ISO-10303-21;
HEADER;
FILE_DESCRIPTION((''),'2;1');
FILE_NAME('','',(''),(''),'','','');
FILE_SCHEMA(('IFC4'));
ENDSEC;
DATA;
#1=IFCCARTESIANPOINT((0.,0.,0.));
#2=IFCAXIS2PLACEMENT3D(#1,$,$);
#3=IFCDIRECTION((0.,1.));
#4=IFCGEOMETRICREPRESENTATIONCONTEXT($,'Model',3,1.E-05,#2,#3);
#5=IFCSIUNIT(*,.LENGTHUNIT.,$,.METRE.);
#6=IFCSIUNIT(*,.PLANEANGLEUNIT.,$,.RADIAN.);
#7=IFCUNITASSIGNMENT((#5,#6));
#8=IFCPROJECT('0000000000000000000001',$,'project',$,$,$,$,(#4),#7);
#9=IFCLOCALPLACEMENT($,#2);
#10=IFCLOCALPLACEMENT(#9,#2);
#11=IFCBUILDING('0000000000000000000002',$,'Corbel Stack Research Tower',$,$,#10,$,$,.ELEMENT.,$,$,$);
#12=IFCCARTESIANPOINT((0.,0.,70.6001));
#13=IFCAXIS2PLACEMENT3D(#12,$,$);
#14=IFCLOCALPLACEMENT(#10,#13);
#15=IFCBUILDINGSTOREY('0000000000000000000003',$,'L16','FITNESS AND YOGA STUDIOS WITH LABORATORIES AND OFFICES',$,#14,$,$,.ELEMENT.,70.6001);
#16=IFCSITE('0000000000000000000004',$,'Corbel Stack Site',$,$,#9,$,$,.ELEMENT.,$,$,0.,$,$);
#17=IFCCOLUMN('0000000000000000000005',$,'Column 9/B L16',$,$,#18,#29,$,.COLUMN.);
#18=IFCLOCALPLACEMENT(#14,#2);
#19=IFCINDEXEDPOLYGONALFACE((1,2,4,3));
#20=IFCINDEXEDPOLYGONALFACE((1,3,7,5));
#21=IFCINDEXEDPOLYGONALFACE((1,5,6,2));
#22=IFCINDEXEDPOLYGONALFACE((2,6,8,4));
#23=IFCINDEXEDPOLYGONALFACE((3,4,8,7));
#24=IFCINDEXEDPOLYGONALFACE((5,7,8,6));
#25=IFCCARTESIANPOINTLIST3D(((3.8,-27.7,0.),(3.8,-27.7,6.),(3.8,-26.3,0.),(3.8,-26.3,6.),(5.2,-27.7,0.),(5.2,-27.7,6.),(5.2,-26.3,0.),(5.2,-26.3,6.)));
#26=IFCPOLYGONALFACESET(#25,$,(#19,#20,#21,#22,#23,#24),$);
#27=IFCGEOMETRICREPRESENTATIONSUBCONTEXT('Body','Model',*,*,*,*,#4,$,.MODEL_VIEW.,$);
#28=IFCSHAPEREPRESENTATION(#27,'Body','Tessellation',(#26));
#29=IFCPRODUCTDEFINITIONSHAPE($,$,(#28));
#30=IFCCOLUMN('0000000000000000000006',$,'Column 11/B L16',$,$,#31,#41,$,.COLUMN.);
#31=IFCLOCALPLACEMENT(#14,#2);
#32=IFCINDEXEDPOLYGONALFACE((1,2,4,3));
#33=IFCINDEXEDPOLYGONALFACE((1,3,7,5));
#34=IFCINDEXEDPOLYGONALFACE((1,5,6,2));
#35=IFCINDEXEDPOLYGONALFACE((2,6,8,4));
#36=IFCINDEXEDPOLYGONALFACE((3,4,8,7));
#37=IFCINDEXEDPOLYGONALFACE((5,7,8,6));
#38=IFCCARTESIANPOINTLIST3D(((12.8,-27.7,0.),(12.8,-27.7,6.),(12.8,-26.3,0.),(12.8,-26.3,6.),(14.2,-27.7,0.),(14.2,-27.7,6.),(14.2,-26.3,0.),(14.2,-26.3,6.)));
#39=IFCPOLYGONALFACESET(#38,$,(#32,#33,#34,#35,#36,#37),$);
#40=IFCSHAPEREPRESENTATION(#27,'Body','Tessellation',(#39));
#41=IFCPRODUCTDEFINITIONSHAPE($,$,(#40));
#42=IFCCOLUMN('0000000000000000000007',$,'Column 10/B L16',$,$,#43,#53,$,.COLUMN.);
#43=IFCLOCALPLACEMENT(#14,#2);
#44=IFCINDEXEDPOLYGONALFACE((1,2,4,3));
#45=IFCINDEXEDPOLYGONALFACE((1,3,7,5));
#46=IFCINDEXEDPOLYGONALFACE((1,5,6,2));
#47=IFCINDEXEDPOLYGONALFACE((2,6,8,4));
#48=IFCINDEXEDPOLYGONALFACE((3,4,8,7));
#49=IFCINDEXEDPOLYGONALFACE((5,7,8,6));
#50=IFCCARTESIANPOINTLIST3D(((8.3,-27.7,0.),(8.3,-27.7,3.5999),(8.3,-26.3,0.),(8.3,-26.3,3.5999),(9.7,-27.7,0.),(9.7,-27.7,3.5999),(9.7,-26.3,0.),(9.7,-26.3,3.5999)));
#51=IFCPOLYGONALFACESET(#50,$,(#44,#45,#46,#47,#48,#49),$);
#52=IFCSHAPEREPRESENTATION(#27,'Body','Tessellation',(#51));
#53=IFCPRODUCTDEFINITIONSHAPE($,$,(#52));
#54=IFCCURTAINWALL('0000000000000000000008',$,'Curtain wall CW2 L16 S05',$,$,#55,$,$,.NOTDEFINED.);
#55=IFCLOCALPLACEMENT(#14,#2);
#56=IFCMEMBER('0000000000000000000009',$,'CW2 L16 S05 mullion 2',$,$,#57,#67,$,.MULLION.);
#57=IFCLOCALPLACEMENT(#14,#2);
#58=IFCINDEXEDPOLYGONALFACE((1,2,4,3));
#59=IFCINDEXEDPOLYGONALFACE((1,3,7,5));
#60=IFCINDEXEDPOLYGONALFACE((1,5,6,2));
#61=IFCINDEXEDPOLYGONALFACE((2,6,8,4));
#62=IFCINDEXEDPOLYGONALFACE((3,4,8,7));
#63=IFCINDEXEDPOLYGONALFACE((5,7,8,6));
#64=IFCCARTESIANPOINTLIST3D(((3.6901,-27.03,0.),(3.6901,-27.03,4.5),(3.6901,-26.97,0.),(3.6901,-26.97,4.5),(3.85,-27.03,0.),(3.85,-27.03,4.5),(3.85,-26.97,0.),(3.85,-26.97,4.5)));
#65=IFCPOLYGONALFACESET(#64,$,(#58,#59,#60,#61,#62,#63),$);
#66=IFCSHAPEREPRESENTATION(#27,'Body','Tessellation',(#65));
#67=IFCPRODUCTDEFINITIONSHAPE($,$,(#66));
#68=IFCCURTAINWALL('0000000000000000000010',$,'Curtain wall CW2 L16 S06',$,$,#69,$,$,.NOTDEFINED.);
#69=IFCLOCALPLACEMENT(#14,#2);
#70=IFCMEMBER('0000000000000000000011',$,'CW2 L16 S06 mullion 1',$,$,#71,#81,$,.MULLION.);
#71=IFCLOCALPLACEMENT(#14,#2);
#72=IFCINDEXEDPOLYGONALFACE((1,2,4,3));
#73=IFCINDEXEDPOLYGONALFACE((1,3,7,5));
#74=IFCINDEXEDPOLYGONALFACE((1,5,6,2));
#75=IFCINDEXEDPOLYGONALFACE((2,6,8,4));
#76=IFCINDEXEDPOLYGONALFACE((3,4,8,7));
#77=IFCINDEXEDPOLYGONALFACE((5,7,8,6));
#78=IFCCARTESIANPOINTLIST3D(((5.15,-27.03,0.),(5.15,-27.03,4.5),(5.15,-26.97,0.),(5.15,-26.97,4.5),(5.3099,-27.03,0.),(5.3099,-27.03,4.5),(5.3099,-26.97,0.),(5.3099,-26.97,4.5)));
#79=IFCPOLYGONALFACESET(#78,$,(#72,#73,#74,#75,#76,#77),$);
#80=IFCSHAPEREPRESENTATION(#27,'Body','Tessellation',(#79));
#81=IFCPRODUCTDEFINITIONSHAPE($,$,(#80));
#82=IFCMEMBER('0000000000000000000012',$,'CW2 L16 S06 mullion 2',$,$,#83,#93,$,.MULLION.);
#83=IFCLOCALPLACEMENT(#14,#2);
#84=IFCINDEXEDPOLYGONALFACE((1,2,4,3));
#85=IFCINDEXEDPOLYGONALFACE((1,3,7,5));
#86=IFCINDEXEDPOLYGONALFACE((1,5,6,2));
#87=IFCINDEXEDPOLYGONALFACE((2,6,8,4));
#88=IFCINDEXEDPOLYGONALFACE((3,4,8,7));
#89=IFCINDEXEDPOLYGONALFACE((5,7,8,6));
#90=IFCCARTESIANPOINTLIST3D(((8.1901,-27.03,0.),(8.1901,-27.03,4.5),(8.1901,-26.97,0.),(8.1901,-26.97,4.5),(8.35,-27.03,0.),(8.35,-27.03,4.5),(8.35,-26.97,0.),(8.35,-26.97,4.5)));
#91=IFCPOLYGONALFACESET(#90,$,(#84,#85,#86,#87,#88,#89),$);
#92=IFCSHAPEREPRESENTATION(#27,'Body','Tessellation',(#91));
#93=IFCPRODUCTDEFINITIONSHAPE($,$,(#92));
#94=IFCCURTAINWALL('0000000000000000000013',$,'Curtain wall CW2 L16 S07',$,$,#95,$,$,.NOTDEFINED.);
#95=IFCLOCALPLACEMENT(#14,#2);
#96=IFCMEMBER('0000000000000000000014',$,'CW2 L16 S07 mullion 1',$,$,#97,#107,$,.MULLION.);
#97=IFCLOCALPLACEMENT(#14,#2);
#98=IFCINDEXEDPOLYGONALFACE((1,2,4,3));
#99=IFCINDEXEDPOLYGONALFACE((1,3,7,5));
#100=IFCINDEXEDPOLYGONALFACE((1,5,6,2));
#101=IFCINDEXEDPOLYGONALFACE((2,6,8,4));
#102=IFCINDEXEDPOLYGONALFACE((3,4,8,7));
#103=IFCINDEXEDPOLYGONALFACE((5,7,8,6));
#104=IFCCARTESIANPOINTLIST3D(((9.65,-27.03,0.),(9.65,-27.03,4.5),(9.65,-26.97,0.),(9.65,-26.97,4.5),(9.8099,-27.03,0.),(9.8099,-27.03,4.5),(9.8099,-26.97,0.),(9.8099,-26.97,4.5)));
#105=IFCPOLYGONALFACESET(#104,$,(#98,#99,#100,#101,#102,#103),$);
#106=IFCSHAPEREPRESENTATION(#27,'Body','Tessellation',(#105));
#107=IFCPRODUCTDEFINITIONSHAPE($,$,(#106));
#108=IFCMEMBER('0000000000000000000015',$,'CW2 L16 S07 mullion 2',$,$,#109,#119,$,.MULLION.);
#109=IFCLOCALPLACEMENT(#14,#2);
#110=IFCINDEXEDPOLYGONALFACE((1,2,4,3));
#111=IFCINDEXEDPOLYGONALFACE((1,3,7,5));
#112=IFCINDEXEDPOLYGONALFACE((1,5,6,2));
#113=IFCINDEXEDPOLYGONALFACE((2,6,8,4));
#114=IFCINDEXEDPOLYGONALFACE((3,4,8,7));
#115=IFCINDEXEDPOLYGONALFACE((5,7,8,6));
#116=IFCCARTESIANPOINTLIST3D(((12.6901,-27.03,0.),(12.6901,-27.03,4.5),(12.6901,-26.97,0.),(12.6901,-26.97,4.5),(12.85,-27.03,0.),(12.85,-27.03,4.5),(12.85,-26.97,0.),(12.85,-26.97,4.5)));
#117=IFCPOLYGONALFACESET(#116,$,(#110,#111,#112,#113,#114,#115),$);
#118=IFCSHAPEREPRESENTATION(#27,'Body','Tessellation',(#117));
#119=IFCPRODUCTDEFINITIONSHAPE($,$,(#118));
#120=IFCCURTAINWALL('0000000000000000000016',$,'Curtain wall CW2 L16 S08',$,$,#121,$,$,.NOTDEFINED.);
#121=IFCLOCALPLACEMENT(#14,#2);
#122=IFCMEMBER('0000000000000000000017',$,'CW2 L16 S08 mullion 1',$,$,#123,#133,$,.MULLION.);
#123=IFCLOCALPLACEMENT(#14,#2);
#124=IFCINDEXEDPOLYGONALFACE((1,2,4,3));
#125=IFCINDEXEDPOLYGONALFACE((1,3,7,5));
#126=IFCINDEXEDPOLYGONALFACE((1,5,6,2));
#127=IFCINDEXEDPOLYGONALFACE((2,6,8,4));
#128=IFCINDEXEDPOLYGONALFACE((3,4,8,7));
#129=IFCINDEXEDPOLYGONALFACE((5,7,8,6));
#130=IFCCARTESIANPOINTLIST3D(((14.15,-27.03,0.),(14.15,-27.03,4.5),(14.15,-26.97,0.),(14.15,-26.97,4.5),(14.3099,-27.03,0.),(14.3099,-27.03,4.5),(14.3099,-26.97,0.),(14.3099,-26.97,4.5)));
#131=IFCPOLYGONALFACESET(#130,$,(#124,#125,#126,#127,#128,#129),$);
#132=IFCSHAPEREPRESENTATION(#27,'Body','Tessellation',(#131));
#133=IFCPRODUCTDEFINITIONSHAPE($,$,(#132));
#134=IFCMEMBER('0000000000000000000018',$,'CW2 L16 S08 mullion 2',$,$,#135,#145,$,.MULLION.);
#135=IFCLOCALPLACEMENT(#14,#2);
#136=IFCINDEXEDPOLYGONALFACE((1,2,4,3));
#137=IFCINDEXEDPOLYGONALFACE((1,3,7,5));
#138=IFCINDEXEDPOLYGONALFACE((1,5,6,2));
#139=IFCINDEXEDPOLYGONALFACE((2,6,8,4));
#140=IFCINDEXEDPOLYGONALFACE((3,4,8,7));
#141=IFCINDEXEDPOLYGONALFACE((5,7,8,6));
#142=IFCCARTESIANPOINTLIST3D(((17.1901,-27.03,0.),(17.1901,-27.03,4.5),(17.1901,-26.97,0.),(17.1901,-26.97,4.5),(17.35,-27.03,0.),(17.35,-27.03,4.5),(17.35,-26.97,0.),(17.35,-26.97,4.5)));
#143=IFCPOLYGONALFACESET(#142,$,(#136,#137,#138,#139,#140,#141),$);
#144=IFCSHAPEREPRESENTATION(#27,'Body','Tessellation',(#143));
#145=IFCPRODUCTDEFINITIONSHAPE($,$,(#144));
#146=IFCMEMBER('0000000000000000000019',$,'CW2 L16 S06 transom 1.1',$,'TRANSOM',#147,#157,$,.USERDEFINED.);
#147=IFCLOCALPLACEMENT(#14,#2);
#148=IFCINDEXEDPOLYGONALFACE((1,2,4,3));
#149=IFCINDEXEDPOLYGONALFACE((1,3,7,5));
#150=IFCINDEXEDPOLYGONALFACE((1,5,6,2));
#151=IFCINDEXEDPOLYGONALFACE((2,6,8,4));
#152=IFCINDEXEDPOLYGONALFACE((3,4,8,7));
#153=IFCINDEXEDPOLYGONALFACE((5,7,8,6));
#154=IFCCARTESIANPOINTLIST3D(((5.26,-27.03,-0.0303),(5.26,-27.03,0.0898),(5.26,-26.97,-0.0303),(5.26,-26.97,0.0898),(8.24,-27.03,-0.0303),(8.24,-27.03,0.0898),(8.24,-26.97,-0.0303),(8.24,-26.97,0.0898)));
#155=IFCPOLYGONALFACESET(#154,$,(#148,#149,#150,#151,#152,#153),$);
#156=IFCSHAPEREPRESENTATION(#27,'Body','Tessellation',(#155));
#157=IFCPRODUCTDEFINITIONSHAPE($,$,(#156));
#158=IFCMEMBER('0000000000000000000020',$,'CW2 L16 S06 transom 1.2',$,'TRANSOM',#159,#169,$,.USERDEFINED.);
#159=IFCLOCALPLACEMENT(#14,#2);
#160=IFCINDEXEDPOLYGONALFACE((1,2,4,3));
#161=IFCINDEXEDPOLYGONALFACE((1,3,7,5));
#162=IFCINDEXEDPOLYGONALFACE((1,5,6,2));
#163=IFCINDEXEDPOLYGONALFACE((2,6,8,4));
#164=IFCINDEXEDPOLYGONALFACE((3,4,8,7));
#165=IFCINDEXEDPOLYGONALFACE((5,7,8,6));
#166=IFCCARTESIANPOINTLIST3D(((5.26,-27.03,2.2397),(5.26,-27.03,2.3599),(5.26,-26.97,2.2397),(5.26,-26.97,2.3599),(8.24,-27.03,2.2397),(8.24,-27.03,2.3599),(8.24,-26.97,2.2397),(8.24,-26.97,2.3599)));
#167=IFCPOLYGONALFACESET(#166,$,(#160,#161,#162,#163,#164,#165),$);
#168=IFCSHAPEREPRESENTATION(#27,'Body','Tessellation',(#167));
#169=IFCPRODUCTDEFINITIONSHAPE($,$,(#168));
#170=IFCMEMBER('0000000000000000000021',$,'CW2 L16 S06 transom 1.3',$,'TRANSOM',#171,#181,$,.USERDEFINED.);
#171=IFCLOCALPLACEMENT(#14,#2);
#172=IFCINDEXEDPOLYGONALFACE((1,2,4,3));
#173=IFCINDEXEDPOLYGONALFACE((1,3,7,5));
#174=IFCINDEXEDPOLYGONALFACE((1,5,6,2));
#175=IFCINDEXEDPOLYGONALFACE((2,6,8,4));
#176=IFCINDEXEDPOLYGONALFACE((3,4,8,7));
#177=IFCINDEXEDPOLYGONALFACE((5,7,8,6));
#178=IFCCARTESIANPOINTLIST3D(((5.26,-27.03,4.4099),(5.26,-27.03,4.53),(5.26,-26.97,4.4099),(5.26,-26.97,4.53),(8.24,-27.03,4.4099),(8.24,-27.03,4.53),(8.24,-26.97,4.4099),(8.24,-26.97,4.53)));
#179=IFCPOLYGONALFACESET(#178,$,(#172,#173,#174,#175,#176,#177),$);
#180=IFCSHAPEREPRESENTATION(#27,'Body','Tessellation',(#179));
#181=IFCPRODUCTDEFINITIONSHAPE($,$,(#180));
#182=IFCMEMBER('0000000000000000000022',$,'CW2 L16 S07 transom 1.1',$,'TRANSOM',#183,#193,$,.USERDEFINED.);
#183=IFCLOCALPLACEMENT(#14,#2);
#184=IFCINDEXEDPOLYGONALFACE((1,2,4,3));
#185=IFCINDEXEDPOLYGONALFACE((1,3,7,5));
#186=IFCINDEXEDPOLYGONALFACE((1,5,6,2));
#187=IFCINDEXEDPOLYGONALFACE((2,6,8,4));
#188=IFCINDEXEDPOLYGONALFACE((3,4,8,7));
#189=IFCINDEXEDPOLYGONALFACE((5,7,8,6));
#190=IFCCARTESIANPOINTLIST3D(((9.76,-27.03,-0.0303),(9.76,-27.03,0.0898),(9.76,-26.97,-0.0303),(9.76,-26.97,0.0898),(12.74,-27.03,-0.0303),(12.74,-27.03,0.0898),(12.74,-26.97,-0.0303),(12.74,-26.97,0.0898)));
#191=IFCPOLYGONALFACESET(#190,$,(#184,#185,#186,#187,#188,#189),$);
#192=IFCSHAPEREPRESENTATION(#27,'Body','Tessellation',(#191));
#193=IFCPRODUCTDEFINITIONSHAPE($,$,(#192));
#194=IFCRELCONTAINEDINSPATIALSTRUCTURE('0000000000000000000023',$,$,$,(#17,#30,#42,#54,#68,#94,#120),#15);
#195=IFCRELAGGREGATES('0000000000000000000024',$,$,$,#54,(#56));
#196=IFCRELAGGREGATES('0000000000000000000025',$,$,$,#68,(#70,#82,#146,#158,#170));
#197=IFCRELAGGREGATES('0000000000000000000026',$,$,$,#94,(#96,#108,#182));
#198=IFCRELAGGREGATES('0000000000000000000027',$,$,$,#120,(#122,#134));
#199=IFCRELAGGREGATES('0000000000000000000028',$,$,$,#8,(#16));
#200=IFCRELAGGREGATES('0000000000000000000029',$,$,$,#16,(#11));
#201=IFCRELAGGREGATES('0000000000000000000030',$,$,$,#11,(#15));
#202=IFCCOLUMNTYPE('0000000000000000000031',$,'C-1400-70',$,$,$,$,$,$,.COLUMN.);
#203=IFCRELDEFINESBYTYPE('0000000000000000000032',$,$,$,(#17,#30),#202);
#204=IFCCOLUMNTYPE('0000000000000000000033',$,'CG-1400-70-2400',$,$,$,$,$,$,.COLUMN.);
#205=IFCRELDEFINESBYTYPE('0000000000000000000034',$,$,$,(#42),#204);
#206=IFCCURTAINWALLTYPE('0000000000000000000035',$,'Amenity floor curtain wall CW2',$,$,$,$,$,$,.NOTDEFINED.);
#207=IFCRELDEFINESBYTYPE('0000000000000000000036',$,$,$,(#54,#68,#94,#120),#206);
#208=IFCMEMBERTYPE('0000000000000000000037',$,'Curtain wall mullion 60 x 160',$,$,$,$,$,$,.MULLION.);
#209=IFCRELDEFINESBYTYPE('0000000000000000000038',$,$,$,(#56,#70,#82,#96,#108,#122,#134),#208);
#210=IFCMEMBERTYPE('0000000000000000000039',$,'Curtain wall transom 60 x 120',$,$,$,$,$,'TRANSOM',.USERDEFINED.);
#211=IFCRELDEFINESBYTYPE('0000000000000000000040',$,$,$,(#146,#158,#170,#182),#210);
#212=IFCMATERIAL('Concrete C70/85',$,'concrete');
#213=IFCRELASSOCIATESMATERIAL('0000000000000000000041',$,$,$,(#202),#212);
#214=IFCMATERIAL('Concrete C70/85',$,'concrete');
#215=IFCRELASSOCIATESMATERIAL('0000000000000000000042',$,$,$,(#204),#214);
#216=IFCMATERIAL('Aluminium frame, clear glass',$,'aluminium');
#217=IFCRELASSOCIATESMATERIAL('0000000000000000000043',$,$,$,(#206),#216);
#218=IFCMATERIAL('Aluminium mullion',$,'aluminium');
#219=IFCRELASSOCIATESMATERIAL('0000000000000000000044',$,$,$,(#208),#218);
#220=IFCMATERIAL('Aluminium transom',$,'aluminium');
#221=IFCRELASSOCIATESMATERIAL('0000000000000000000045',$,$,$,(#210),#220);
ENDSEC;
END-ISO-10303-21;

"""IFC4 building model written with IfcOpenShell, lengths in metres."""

from ifc_helpers import new_model, si_unit, direction, frame, origin, origin_2d, place, context, subcontext, project, spatial, rectangle, extrude, material, material_profile, profile_set, type_object, element, aggregate, save


model = new_model("IFC4")

# Units and contexts
model_context = context("Model", 3, precision=1e-05, world=origin(), true_north=direction((0.0, 1.0)))
body_context = subcontext(model_context, "Body", "Model", "MODEL_VIEW")
ifc_project = project(units=[si_unit("LENGTHUNIT", "METRE"), si_unit("PLANEANGLEUNIT", "RADIAN")], contexts=[model_context])

# Site, building, storey
site_placement = place(None, origin())
site = spatial("IfcSite", under=ifc_project, at=site_placement, Name="Corbel Stack Site", CompositionType="ELEMENT", RefElevation=0.0)
building_placement = place(site_placement, origin())
building = spatial("IfcBuilding", under=site, at=building_placement, Name="Corbel Stack Research Tower", CompositionType="ELEMENT")
storey_placement = place(building_placement, frame((0.0, 0.0, 70.6001)))
storey = spatial("IfcBuildingStorey", under=building, at=storey_placement, Name="L16", Description="FITNESS AND YOGA STUDIOS WITH LABORATORIES AND OFFICES", CompositionType="ELEMENT", Elevation=70.6001)

# Columns
ifc_material_1 = material(Name="Concrete C70/85", Category="concrete")
ifc_material_profile_1 = material_profile(ifc_material_1, rectangle(XDim=1.3999, YDim=1.3999, at=origin_2d()), Name="RC 1400 x 1400")
ifc_profile_set_1 = profile_set([ifc_material_profile_1], Name="Concrete C70/85")
column_type_1 = type_object("IfcColumnType", Name="C-1400-70", PredefinedType="COLUMN", material=ifc_profile_set_1)
for number, where, z_axis, x_axis, name in (
    (1, (4.5, -27.0, 0.0), (0.0, 0.0, 1.0), (1.0, 0.0, 0.0), "Column 9/B L16"),
    (2, (13.5, -27.0, 0.0), (0.0, 0.0, 1.0), (1.0, 0.0, 0.0), "Column 11/B L16"),
):
    element("IfcColumn", number, at=place(storey_placement, frame(where, z_axis=z_axis, x_axis=x_axis)), inside=storey, type_object=column_type_1, Name=name, PredefinedType="COLUMN", context=body_context, shape_type="SweptSolid", body=[
        extrude(rectangle(XDim=1.3999, YDim=1.3999, at=origin_2d()), origin(), (0.0, 0.0, 1.0), 6.0),
    ])
ifc_material_2 = material(Name="Concrete C70/85", Category="concrete")
ifc_material_profile_2 = material_profile(ifc_material_2, rectangle(XDim=1.3999, YDim=1.3999, at=origin_2d()), Name="RC 1400 x 1400")
ifc_profile_set_2 = profile_set([ifc_material_profile_2], Name="Concrete C70/85")
column_type_2 = type_object("IfcColumnType", Name="CG-1400-70-2400", PredefinedType="COLUMN", material=ifc_profile_set_2)
column_placement = place(storey_placement, frame((9.0, -27.0, 0.0), z_axis=(0.0, 0.0, 1.0), x_axis=(1.0, 0.0, 0.0)))
element("IfcColumn", 3, at=column_placement, inside=storey, type_object=column_type_2, Name="Column 10/B L16", PredefinedType="COLUMN", context=body_context, shape_type="SweptSolid", body=[
    extrude(rectangle(XDim=1.3999, YDim=1.3999, at=origin_2d()), origin(), (0.0, 0.0, 1.0), 3.5999),
])

# Curtain wall, member
ifc_material_3 = material(Name="Aluminium frame, clear glass", Category="aluminium")
curtain_wall_type = type_object("IfcCurtainWallType", Name="Amenity floor curtain wall CW2", PredefinedType="NOTDEFINED", material=ifc_material_3)
curtain_wall_1_placement = place(storey_placement, origin())
curtain_wall_1 = element("IfcCurtainWall", 4, at=curtain_wall_1_placement, inside=storey, type_object=curtain_wall_type, Name="Curtain wall CW2 L16 S05", PredefinedType="NOTDEFINED")
ifc_material_4 = material(Name="Aluminium mullion", Category="aluminium")
ifc_material_profile_3 = material_profile(ifc_material_4, rectangle(XDim=0.0601, YDim=0.1599, at=origin_2d()), Name="Mullion 60 x 160")
ifc_profile_set_3 = profile_set([ifc_material_profile_3], Name="Aluminium mullion")
member_type_1 = type_object("IfcMemberType", Name="Curtain wall mullion 60 x 160", PredefinedType="MULLION", material=ifc_profile_set_3)
member_1_placement = place(storey_placement, frame((3.77, -27.0, 0.0), z_axis=(0.0, 0.0, 1.0), x_axis=(0.0, 1.0, 0.0)))
member_1 = element("IfcMember", 5, at=member_1_placement, type_object=member_type_1, Name="CW2 L16 S05 mullion 2", PredefinedType="MULLION", context=body_context, shape_type="SweptSolid", body=[
    extrude(rectangle(XDim=0.0601, YDim=0.1599, at=origin_2d()), origin(), (0.0, 0.0, 1.0), 4.5),
])

# Curtain walls, members
curtain_wall_2_placement = place(storey_placement, origin())
curtain_wall_2 = element("IfcCurtainWall", 6, at=curtain_wall_2_placement, inside=storey, type_object=curtain_wall_type, Name="Curtain wall CW2 L16 S06", PredefinedType="NOTDEFINED")
member_2_placement = place(storey_placement, frame((5.23, -27.0, 0.0), z_axis=(0.0, 0.0, 1.0), x_axis=(0.0, 1.0, 0.0)))
member_2 = element("IfcMember", 7, at=member_2_placement, type_object=member_type_1, Name="CW2 L16 S06 mullion 1", PredefinedType="MULLION", context=body_context, shape_type="SweptSolid", body=[
    extrude(rectangle(XDim=0.0601, YDim=0.1599, at=origin_2d()), origin(), (0.0, 0.0, 1.0), 4.5),
])
member_3_placement = place(storey_placement, frame((8.27, -27.0, 0.0), z_axis=(0.0, 0.0, 1.0), x_axis=(0.0, 1.0, 0.0)))
member_3 = element("IfcMember", 8, at=member_3_placement, type_object=member_type_1, Name="CW2 L16 S06 mullion 2", PredefinedType="MULLION", context=body_context, shape_type="SweptSolid", body=[
    extrude(rectangle(XDim=0.0601, YDim=0.1599, at=origin_2d()), origin(), (0.0, 0.0, 1.0), 4.5),
])
curtain_wall_3_placement = place(storey_placement, origin())
curtain_wall_3 = element("IfcCurtainWall", 9, at=curtain_wall_3_placement, inside=storey, type_object=curtain_wall_type, Name="Curtain wall CW2 L16 S07", PredefinedType="NOTDEFINED")
member_4_placement = place(storey_placement, frame((9.73, -27.0, 0.0), z_axis=(0.0, 0.0, 1.0), x_axis=(0.0, 1.0, 0.0)))
member_4 = element("IfcMember", 10, at=member_4_placement, type_object=member_type_1, Name="CW2 L16 S07 mullion 1", PredefinedType="MULLION", context=body_context, shape_type="SweptSolid", body=[
    extrude(rectangle(XDim=0.0601, YDim=0.1599, at=origin_2d()), origin(), (0.0, 0.0, 1.0), 4.5),
])
member_5_placement = place(storey_placement, frame((12.77, -27.0, 0.0), z_axis=(0.0, 0.0, 1.0), x_axis=(0.0, 1.0, 0.0)))
member_5 = element("IfcMember", 11, at=member_5_placement, type_object=member_type_1, Name="CW2 L16 S07 mullion 2", PredefinedType="MULLION", context=body_context, shape_type="SweptSolid", body=[
    extrude(rectangle(XDim=0.0601, YDim=0.1599, at=origin_2d()), origin(), (0.0, 0.0, 1.0), 4.5),
])
curtain_wall_4_placement = place(storey_placement, origin())
curtain_wall_4 = element("IfcCurtainWall", 12, at=curtain_wall_4_placement, inside=storey, type_object=curtain_wall_type, Name="Curtain wall CW2 L16 S08", PredefinedType="NOTDEFINED")
member_6_placement = place(storey_placement, frame((14.23, -27.0, 0.0), z_axis=(0.0, 0.0, 1.0), x_axis=(0.0, 1.0, 0.0)))
member_6 = element("IfcMember", 13, at=member_6_placement, type_object=member_type_1, Name="CW2 L16 S08 mullion 1", PredefinedType="MULLION", context=body_context, shape_type="SweptSolid", body=[
    extrude(rectangle(XDim=0.0601, YDim=0.1599, at=origin_2d()), origin(), (0.0, 0.0, 1.0), 4.5),
])
member_7_placement = place(storey_placement, frame((17.27, -27.0, 0.0), z_axis=(0.0, 0.0, 1.0), x_axis=(0.0, 1.0, 0.0)))
member_7 = element("IfcMember", 14, at=member_7_placement, type_object=member_type_1, Name="CW2 L16 S08 mullion 2", PredefinedType="MULLION", context=body_context, shape_type="SweptSolid", body=[
    extrude(rectangle(XDim=0.0601, YDim=0.1599, at=origin_2d()), origin(), (0.0, 0.0, 1.0), 4.5),
])

# Members
ifc_material_5 = material(Name="Aluminium transom", Category="aluminium")
ifc_material_profile_4 = material_profile(ifc_material_5, rectangle(XDim=0.0601, YDim=0.1201, at=origin_2d()), Name="Transom 60 x 120")
ifc_profile_set_4 = profile_set([ifc_material_profile_4], Name="Aluminium transom")
member_type_2 = type_object("IfcMemberType", Name="Curtain wall transom 60 x 120", ElementType="TRANSOM", PredefinedType="USERDEFINED", material=ifc_profile_set_4)
member_8_placement = place(storey_placement, frame((5.26, -27.0, 0.0298), z_axis=(1.0, 0.0, 0.0), x_axis=(0.0, 1.0, 0.0)))
member_8 = element("IfcMember", 15, at=member_8_placement, type_object=member_type_2, Name="CW2 L16 S06 transom 1.1", ObjectType="TRANSOM", PredefinedType="USERDEFINED", context=body_context, shape_type="SweptSolid", body=[
    extrude(rectangle(XDim=0.0601, YDim=0.1201, at=origin_2d()), origin(), (0.0, 0.0, 1.0), 2.98),
])
member_9_placement = place(storey_placement, frame((5.26, -27.0, 2.2998), z_axis=(1.0, 0.0, 0.0), x_axis=(0.0, 1.0, 0.0)))
member_9 = element("IfcMember", 16, at=member_9_placement, type_object=member_type_2, Name="CW2 L16 S06 transom 1.2", ObjectType="TRANSOM", PredefinedType="USERDEFINED", context=body_context, shape_type="SweptSolid", body=[
    extrude(rectangle(XDim=0.0601, YDim=0.1201, at=origin_2d()), origin(), (0.0, 0.0, 1.0), 2.98),
])
member_10_placement = place(storey_placement, frame((5.26, -27.0, 4.47), z_axis=(1.0, 0.0, 0.0), x_axis=(0.0, 1.0, 0.0)))
member_10 = element("IfcMember", 17, at=member_10_placement, type_object=member_type_2, Name="CW2 L16 S06 transom 1.3", ObjectType="TRANSOM", PredefinedType="USERDEFINED", context=body_context, shape_type="SweptSolid", body=[
    extrude(rectangle(XDim=0.0601, YDim=0.1201, at=origin_2d()), origin(), (0.0, 0.0, 1.0), 2.98),
])
member_11_placement = place(storey_placement, frame((9.76, -27.0, 0.0298), z_axis=(1.0, 0.0, 0.0), x_axis=(0.0, 1.0, 0.0)))
member_11 = element("IfcMember", 18, at=member_11_placement, type_object=member_type_2, Name="CW2 L16 S07 transom 1.1", ObjectType="TRANSOM", PredefinedType="USERDEFINED", context=body_context, shape_type="SweptSolid", body=[
    extrude(rectangle(XDim=0.0601, YDim=0.1201, at=origin_2d()), origin(), (0.0, 0.0, 1.0), 2.98),
])

aggregate(curtain_wall_1, [member_1])
aggregate(curtain_wall_2, [member_2, member_3, member_8, member_9, member_10])
aggregate(curtain_wall_3, [member_4, member_5, member_11])
aggregate(curtain_wall_4, [member_6, member_7])

save(model, "model.ifc")
